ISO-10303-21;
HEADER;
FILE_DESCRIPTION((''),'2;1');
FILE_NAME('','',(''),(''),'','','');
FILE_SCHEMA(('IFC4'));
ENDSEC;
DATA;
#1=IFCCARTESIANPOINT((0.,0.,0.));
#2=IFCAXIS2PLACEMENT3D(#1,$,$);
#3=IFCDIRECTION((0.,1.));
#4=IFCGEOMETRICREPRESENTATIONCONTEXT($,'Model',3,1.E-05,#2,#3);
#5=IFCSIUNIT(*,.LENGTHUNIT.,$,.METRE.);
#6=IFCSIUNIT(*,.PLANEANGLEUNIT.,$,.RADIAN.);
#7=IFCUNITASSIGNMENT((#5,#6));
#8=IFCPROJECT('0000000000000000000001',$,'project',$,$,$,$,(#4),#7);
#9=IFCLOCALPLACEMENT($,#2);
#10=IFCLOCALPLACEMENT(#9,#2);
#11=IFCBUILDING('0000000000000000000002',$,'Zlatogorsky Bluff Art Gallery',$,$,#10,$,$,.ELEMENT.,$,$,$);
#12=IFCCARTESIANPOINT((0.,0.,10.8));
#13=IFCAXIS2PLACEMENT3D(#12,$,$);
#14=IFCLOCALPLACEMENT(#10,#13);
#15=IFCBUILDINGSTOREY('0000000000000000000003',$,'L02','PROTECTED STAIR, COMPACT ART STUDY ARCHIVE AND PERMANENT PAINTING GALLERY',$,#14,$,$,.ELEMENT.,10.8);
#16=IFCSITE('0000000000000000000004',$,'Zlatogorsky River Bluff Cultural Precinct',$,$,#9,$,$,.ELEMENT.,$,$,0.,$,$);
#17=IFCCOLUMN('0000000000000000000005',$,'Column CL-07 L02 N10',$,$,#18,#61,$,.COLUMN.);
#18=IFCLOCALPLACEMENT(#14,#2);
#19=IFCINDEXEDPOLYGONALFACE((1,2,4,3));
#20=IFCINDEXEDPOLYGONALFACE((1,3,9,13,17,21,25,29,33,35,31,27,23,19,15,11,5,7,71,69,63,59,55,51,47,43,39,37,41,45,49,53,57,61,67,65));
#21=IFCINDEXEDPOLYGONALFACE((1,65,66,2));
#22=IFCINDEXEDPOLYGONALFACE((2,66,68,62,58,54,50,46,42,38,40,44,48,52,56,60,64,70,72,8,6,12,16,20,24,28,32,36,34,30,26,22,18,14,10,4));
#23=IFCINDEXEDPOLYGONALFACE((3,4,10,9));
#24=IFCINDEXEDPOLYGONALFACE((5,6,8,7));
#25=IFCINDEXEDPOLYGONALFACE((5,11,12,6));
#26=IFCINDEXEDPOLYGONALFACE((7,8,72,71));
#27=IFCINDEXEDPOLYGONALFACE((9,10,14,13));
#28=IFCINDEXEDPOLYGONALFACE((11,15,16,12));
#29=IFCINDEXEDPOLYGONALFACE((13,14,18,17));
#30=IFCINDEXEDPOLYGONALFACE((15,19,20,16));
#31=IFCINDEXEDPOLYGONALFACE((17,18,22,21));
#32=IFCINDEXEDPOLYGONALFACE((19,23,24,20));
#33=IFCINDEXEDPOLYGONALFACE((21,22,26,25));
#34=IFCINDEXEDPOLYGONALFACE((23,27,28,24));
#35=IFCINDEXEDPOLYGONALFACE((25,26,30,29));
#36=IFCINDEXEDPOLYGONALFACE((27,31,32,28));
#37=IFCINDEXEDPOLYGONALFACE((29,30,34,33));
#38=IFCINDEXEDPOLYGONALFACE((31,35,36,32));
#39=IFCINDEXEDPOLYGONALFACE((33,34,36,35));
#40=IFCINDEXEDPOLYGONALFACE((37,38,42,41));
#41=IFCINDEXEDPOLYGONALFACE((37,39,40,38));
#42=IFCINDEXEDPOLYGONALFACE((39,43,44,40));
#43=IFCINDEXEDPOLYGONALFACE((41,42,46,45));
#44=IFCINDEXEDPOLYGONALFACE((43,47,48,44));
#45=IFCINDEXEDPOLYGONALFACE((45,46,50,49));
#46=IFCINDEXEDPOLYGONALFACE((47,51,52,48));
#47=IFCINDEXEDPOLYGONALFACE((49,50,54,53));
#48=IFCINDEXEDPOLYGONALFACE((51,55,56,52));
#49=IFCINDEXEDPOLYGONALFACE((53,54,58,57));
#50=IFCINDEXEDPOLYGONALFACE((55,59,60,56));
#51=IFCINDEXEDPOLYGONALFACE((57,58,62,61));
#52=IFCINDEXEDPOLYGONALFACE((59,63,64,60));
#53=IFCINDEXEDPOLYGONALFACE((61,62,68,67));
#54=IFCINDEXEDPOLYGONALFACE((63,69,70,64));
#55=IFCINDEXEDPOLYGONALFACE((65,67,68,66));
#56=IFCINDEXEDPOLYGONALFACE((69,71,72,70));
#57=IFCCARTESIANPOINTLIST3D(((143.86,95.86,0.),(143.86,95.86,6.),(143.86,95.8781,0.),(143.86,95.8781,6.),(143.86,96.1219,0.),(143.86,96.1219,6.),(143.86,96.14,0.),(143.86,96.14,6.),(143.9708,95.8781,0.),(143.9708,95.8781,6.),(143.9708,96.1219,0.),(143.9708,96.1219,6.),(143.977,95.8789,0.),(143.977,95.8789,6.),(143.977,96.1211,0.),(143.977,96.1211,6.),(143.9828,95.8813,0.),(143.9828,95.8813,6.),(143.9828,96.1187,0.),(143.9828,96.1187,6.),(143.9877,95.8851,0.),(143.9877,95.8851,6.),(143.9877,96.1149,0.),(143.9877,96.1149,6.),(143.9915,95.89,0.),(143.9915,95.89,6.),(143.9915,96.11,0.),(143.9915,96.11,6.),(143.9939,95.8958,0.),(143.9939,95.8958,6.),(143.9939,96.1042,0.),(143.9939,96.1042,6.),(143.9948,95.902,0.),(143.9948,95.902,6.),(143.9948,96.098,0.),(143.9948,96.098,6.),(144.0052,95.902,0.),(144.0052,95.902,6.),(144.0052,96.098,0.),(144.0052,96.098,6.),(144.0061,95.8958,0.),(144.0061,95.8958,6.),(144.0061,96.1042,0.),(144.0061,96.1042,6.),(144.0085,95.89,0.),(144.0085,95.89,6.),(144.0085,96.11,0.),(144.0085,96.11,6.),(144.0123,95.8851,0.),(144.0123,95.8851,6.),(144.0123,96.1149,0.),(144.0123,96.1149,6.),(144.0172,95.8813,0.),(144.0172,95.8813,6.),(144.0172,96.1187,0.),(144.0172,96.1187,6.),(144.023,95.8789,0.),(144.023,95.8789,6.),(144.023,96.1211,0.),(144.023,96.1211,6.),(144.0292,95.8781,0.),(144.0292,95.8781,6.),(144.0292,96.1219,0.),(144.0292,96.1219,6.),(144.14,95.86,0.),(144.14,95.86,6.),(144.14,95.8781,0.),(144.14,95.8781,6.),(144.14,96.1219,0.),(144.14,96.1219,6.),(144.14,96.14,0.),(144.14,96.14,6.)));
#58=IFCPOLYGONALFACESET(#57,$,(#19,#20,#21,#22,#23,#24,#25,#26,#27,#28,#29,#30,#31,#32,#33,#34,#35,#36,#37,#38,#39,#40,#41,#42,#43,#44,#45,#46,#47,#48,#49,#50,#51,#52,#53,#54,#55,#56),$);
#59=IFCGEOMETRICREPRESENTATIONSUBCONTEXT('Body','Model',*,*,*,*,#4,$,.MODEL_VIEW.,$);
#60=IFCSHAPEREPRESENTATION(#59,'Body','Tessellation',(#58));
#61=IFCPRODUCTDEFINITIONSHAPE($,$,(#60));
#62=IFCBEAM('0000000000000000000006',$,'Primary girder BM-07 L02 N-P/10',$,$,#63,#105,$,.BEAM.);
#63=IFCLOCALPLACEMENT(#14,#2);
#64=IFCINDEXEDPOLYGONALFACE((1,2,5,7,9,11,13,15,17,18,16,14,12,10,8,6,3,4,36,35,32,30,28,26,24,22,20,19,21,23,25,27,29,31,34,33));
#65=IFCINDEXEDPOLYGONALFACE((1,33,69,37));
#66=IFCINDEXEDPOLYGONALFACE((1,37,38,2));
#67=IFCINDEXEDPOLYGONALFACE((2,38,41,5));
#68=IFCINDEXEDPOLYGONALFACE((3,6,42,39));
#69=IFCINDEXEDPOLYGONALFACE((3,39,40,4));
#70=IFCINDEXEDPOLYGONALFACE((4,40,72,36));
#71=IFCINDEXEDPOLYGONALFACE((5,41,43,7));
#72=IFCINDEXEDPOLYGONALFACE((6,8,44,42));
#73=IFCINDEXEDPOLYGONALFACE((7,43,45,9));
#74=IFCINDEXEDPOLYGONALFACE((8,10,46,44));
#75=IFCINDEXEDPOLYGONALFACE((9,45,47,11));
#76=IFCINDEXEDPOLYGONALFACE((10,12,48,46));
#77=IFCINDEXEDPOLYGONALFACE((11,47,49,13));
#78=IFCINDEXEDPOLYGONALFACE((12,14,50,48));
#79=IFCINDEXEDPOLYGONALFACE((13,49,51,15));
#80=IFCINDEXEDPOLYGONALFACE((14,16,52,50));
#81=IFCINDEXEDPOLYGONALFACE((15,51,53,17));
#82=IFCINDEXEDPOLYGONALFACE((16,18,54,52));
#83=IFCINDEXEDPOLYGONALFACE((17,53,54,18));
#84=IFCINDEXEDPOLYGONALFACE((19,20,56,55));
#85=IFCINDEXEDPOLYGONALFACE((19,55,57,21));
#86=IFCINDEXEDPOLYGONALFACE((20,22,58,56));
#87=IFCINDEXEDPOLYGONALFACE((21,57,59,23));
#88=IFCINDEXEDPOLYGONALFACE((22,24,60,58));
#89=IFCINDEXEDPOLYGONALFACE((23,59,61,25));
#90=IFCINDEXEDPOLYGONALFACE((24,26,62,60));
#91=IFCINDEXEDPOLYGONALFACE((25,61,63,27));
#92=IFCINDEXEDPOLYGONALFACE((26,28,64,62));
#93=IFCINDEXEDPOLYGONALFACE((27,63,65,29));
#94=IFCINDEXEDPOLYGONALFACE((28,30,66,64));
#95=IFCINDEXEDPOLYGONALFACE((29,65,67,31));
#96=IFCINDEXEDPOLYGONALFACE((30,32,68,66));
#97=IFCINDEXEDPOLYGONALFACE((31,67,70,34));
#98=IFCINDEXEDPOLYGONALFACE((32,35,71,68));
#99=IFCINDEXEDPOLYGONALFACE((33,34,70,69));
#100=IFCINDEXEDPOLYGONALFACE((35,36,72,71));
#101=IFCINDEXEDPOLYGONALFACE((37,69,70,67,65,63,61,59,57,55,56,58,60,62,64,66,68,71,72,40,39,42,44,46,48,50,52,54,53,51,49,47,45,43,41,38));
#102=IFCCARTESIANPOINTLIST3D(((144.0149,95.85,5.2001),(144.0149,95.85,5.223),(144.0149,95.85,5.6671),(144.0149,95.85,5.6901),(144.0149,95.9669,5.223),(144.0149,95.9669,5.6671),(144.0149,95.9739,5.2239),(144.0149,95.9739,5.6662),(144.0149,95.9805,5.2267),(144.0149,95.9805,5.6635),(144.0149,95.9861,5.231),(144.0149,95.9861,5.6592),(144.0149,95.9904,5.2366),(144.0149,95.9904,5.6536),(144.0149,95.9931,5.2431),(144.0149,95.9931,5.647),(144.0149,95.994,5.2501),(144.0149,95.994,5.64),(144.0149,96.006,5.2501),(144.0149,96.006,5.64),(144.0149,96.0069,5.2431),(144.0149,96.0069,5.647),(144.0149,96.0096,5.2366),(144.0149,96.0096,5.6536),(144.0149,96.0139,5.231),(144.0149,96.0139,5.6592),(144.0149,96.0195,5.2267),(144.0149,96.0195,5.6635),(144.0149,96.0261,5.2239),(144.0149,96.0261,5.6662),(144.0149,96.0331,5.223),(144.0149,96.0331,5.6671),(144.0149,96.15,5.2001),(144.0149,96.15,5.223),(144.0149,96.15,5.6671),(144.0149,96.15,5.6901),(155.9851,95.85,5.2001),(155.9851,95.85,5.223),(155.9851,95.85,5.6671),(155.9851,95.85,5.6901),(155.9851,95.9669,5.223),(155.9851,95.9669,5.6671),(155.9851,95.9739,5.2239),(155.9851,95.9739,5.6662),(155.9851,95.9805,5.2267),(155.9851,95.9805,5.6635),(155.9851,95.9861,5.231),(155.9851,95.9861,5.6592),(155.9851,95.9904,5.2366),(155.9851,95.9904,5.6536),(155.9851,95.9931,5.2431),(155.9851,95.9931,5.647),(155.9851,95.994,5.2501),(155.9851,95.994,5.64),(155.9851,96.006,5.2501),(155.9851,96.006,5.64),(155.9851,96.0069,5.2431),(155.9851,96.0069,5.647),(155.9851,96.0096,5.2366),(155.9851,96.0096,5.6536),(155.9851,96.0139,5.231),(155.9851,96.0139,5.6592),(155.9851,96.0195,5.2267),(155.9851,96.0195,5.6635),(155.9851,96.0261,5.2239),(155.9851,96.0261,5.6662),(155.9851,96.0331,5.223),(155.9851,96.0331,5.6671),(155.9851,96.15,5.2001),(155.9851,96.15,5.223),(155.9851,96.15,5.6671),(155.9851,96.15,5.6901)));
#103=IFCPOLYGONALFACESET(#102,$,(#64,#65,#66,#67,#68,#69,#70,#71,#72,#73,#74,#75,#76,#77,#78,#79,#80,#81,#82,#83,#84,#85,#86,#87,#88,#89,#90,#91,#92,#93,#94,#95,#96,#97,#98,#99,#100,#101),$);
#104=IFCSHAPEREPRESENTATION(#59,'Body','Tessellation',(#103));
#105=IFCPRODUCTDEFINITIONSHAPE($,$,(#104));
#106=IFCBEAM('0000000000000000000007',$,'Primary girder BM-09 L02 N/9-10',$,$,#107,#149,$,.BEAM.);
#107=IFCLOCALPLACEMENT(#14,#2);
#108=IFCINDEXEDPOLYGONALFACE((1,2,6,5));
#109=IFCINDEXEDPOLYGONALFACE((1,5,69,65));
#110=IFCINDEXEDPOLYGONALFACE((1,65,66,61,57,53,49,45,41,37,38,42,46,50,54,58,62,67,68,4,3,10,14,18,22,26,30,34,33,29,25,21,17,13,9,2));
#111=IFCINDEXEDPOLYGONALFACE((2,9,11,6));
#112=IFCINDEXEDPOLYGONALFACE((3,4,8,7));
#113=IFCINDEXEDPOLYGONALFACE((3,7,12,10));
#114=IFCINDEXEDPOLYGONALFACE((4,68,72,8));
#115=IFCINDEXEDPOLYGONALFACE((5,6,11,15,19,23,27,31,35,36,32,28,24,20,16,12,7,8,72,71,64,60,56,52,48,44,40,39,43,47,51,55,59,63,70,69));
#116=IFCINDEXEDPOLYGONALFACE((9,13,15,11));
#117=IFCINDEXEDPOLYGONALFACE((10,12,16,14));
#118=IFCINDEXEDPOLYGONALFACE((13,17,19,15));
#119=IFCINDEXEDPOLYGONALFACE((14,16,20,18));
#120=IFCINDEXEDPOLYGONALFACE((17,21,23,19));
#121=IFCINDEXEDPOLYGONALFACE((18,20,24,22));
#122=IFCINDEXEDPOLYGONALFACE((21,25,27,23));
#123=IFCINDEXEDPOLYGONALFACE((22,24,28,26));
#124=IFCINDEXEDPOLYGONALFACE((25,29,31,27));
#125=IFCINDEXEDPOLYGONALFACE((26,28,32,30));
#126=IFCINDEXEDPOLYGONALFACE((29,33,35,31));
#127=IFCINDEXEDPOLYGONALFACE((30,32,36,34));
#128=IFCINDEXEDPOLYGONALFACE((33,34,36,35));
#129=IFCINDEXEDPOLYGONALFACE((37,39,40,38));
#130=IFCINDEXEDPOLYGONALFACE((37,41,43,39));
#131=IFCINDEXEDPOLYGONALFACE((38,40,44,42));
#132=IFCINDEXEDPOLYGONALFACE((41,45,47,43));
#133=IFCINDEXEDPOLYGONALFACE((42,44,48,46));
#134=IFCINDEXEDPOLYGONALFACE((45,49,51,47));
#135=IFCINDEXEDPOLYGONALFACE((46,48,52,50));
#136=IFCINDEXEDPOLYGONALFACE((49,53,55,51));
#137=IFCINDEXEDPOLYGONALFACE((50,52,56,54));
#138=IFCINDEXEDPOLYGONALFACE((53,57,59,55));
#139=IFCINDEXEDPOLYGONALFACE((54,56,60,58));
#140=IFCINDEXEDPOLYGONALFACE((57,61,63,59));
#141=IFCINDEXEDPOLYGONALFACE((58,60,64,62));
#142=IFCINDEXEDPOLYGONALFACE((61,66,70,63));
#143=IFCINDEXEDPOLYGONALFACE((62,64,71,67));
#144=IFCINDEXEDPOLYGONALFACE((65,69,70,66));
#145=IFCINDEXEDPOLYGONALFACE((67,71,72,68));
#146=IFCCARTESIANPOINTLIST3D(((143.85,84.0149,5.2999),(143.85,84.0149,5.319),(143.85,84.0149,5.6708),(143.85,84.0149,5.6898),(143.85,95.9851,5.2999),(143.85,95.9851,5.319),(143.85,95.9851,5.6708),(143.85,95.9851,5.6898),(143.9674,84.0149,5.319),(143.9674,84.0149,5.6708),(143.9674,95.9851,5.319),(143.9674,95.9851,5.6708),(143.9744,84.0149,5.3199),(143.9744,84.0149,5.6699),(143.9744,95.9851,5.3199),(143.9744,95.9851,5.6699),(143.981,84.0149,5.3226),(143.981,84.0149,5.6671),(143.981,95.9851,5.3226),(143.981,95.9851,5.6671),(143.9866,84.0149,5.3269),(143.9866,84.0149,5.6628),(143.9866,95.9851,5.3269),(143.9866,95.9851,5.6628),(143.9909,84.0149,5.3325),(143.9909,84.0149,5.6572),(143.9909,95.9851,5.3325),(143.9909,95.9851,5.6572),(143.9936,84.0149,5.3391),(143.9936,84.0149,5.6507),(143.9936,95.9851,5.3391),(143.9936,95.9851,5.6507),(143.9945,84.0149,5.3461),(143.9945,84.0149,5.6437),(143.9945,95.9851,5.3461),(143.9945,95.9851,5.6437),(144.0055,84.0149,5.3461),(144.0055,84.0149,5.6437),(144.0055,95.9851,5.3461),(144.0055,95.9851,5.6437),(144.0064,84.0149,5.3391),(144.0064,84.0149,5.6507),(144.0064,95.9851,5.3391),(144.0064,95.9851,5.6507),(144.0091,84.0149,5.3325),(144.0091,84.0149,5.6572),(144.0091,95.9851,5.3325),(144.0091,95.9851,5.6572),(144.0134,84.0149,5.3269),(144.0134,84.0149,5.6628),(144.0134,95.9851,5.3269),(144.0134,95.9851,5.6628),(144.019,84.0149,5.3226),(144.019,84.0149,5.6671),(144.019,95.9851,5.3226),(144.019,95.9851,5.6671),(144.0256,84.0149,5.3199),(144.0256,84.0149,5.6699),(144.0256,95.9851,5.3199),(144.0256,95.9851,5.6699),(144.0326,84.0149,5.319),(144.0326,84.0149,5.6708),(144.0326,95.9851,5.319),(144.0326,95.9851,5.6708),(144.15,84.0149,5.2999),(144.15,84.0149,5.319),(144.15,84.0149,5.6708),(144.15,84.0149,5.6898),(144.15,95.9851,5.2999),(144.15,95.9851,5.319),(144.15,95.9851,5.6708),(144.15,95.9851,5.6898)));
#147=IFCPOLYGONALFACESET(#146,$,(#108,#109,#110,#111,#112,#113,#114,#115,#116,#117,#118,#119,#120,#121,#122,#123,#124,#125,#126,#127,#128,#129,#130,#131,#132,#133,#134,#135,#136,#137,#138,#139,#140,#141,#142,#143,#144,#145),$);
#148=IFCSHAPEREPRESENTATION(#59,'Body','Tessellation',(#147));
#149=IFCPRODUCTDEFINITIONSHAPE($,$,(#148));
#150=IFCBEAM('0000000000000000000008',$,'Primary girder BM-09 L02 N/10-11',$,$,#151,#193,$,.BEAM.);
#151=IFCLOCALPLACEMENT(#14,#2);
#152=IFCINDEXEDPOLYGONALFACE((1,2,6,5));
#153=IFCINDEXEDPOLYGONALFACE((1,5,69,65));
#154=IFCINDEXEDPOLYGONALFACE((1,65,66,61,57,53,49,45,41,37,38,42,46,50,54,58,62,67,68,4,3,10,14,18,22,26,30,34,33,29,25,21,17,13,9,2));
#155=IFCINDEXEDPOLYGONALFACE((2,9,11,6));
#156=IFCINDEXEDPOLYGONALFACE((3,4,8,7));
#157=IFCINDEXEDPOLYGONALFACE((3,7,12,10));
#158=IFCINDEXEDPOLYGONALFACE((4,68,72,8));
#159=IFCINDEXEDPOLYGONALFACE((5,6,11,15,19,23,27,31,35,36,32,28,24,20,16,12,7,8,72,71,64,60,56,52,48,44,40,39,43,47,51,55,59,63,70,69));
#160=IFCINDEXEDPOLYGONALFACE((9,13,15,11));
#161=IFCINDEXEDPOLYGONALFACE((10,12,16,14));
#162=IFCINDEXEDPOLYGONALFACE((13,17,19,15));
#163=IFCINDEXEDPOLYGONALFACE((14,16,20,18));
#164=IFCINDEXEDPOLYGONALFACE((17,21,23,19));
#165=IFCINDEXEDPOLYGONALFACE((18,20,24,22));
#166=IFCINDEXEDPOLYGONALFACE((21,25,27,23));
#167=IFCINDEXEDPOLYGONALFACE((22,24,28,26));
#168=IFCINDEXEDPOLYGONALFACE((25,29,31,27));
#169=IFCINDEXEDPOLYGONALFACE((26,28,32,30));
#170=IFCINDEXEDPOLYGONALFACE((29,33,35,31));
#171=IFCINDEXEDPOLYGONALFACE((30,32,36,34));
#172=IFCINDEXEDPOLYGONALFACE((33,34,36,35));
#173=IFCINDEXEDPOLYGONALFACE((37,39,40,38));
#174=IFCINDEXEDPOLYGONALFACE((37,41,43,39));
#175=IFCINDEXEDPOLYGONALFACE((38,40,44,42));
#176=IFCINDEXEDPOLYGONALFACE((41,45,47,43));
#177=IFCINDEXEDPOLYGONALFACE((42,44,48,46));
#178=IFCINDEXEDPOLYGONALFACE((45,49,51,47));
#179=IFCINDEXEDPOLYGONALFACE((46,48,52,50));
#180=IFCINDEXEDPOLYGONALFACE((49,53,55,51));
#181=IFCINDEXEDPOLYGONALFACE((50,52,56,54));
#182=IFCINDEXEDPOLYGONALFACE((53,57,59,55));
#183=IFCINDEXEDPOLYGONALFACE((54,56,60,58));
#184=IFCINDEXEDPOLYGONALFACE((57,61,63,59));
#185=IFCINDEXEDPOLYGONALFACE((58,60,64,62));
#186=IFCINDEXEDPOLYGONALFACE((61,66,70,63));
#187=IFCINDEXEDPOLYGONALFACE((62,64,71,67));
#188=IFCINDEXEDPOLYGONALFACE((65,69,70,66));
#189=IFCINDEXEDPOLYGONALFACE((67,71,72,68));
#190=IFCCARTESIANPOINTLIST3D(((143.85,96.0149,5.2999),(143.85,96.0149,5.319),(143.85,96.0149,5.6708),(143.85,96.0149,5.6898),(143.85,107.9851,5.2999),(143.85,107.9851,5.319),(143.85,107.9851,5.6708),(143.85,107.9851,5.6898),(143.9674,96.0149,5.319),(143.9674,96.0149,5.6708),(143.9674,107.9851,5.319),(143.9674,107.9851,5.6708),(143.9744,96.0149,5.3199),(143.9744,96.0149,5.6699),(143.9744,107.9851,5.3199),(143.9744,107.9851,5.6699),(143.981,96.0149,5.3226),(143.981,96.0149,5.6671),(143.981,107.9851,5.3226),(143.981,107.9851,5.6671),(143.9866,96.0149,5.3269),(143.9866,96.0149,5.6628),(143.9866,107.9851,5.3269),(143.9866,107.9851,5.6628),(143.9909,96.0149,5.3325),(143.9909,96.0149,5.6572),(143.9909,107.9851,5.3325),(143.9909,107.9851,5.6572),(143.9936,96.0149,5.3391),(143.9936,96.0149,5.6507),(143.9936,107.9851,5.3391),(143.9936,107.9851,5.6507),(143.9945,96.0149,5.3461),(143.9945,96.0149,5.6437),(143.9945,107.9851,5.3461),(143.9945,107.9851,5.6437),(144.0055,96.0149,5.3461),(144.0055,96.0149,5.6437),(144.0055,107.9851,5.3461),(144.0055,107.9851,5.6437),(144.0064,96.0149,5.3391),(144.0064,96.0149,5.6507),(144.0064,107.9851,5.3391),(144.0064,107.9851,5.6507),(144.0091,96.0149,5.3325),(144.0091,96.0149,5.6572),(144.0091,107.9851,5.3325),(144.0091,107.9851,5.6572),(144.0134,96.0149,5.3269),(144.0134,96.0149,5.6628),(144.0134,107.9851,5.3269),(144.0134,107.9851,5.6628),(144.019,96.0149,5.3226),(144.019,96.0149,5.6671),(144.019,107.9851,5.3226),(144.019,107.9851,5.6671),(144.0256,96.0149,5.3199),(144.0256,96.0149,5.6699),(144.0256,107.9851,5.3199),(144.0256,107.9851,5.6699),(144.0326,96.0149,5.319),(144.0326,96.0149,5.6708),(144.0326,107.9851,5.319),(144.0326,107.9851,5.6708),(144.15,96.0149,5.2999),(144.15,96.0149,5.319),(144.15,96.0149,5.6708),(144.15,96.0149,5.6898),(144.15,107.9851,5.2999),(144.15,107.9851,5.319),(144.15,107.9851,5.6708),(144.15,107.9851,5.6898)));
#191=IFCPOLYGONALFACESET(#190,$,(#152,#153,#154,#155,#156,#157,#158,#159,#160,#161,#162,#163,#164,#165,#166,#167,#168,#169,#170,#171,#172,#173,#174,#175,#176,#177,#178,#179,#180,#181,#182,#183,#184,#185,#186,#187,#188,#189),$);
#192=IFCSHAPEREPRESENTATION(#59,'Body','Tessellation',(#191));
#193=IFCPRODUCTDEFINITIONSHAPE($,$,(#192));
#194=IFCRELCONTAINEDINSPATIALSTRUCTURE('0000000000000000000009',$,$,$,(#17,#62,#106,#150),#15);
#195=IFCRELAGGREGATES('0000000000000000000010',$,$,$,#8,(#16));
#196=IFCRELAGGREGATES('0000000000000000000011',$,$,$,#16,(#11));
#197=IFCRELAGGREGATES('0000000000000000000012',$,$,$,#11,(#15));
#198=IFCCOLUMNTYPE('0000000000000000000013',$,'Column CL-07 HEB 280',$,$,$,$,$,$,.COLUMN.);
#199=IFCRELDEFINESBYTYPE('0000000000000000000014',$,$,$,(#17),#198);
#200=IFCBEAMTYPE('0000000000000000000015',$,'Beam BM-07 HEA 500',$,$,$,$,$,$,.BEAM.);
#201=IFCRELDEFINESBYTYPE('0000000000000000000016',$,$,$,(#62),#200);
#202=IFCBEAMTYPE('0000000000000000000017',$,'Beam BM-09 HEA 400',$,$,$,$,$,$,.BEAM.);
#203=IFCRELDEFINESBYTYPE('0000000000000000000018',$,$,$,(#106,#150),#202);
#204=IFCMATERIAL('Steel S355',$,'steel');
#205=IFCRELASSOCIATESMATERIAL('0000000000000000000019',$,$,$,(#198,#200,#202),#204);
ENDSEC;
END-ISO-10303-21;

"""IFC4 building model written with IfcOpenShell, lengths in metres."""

from ifc_helpers import new_model, si_unit, direction, frame, origin, origin_2d, place, context, subcontext, project, spatial, i_section, extrude, material, material_profile, profile_set, type_object, element, save


model = new_model("IFC4")

# Units and contexts
model_context = context("Model", 3, precision=1e-05, world=origin(), true_north=direction((0.0, 1.0)))
body_context = subcontext(model_context, "Body", "Model", "MODEL_VIEW")
ifc_project = project(units=[si_unit("LENGTHUNIT", "METRE"), si_unit("PLANEANGLEUNIT", "RADIAN")], contexts=[model_context])

# Site, building, storey
site_placement = place(None, origin())
site = spatial("IfcSite", under=ifc_project, at=site_placement, Name="Zlatogorsky River Bluff Cultural Precinct", CompositionType="ELEMENT", RefElevation=0.0)
building_placement = place(site_placement, origin())
building = spatial("IfcBuilding", under=site, at=building_placement, Name="Zlatogorsky Bluff Art Gallery", CompositionType="ELEMENT")
storey_placement = place(building_placement, frame((0.0, 0.0, 10.8)))
storey = spatial("IfcBuildingStorey", under=building, at=storey_placement, Name="L02", Description="PROTECTED STAIR, COMPACT ART STUDY ARCHIVE AND PERMANENT PAINTING GALLERY", CompositionType="ELEMENT", Elevation=10.8)

# Column
ifc_material_1 = material(Name="Steel S355", Category="steel")
ifc_material_profile_1 = material_profile(ifc_material_1, i_section(OverallWidth=0.28, OverallDepth=0.28, WebThickness=0.0105, FlangeThickness=0.0181, FilletRadius=0.0239, at=origin_2d()), Name="HEB 280")
ifc_profile_set_1 = profile_set([ifc_material_profile_1], Name="Steel S355")
column_type = type_object("IfcColumnType", Name="Column CL-07 HEB 280", PredefinedType="COLUMN", material=ifc_profile_set_1)
column_placement = place(storey_placement, frame((144.0, 96.0, 0.0), z_axis=(0.0, 0.0, 1.0), x_axis=(1.0, 0.0, 0.0)))
element("IfcColumn", 1, at=column_placement, inside=storey, type_object=column_type, Name="Column CL-07 L02 N10", PredefinedType="COLUMN", context=body_context, shape_type="SweptSolid", body=[
    extrude(i_section(OverallWidth=0.28, OverallDepth=0.28, WebThickness=0.0105, FlangeThickness=0.0181, FilletRadius=0.0239, at=origin_2d()), origin(), (0.0, 0.0, 1.0), 6.0),
])

# Beams
ifc_material_profile_2 = material_profile(ifc_material_1, i_section(OverallWidth=0.3, OverallDepth=0.49, WebThickness=0.012, FlangeThickness=0.0229, FilletRadius=0.0271, at=origin_2d()), Name="HEA 500")
ifc_profile_set_2 = profile_set([ifc_material_profile_2], Name="Steel S355")
beam_type_1 = type_object("IfcBeamType", Name="Beam BM-07 HEA 500", PredefinedType="BEAM", material=ifc_profile_set_2)
beam_placement = place(storey_placement, frame((144.0149, 96.0, 5.4451), z_axis=(1.0, 0.0, 0.0), x_axis=(0.0, 1.0, 0.0)))
element("IfcBeam", 2, at=beam_placement, inside=storey, type_object=beam_type_1, Name="Primary girder BM-07 L02 N-P/10", PredefinedType="BEAM", context=body_context, shape_type="SweptSolid", body=[
    extrude(i_section(OverallWidth=0.3, OverallDepth=0.49, WebThickness=0.012, FlangeThickness=0.0229, FilletRadius=0.0271, at=origin_2d()), origin(), (0.0, 0.0, 1.0), 11.9702),
])
ifc_material_profile_3 = material_profile(ifc_material_1, i_section(OverallWidth=0.3, OverallDepth=0.3899, WebThickness=0.011, FlangeThickness=0.019, FilletRadius=0.0271, at=origin_2d()), Name="HEA 400")
ifc_profile_set_3 = profile_set([ifc_material_profile_3], Name="Steel S355")
beam_type_2 = type_object("IfcBeamType", Name="Beam BM-09 HEA 400", PredefinedType="BEAM", material=ifc_profile_set_3)
for number, where, z_axis, x_axis, name in (
    (3, (144.0, 84.0149, 5.4949), (0.0, 1.0, 0.0), (-1.0, 0.0, 0.0), "Primary girder BM-09 L02 N/9-10"),
    (4, (144.0, 96.0149, 5.4949), (0.0, 1.0, 0.0), (-1.0, 0.0, 0.0), "Primary girder BM-09 L02 N/10-11"),
):
    element("IfcBeam", number, at=place(storey_placement, frame(where, z_axis=z_axis, x_axis=x_axis)), inside=storey, type_object=beam_type_2, Name=name, PredefinedType="BEAM", context=body_context, shape_type="SweptSolid", body=[
        extrude(i_section(OverallWidth=0.3, OverallDepth=0.3899, WebThickness=0.011, FlangeThickness=0.019, FilletRadius=0.0271, at=origin_2d()), origin(), (0.0, 0.0, 1.0), 11.9702),
    ])

save(model, "model.ifc")
